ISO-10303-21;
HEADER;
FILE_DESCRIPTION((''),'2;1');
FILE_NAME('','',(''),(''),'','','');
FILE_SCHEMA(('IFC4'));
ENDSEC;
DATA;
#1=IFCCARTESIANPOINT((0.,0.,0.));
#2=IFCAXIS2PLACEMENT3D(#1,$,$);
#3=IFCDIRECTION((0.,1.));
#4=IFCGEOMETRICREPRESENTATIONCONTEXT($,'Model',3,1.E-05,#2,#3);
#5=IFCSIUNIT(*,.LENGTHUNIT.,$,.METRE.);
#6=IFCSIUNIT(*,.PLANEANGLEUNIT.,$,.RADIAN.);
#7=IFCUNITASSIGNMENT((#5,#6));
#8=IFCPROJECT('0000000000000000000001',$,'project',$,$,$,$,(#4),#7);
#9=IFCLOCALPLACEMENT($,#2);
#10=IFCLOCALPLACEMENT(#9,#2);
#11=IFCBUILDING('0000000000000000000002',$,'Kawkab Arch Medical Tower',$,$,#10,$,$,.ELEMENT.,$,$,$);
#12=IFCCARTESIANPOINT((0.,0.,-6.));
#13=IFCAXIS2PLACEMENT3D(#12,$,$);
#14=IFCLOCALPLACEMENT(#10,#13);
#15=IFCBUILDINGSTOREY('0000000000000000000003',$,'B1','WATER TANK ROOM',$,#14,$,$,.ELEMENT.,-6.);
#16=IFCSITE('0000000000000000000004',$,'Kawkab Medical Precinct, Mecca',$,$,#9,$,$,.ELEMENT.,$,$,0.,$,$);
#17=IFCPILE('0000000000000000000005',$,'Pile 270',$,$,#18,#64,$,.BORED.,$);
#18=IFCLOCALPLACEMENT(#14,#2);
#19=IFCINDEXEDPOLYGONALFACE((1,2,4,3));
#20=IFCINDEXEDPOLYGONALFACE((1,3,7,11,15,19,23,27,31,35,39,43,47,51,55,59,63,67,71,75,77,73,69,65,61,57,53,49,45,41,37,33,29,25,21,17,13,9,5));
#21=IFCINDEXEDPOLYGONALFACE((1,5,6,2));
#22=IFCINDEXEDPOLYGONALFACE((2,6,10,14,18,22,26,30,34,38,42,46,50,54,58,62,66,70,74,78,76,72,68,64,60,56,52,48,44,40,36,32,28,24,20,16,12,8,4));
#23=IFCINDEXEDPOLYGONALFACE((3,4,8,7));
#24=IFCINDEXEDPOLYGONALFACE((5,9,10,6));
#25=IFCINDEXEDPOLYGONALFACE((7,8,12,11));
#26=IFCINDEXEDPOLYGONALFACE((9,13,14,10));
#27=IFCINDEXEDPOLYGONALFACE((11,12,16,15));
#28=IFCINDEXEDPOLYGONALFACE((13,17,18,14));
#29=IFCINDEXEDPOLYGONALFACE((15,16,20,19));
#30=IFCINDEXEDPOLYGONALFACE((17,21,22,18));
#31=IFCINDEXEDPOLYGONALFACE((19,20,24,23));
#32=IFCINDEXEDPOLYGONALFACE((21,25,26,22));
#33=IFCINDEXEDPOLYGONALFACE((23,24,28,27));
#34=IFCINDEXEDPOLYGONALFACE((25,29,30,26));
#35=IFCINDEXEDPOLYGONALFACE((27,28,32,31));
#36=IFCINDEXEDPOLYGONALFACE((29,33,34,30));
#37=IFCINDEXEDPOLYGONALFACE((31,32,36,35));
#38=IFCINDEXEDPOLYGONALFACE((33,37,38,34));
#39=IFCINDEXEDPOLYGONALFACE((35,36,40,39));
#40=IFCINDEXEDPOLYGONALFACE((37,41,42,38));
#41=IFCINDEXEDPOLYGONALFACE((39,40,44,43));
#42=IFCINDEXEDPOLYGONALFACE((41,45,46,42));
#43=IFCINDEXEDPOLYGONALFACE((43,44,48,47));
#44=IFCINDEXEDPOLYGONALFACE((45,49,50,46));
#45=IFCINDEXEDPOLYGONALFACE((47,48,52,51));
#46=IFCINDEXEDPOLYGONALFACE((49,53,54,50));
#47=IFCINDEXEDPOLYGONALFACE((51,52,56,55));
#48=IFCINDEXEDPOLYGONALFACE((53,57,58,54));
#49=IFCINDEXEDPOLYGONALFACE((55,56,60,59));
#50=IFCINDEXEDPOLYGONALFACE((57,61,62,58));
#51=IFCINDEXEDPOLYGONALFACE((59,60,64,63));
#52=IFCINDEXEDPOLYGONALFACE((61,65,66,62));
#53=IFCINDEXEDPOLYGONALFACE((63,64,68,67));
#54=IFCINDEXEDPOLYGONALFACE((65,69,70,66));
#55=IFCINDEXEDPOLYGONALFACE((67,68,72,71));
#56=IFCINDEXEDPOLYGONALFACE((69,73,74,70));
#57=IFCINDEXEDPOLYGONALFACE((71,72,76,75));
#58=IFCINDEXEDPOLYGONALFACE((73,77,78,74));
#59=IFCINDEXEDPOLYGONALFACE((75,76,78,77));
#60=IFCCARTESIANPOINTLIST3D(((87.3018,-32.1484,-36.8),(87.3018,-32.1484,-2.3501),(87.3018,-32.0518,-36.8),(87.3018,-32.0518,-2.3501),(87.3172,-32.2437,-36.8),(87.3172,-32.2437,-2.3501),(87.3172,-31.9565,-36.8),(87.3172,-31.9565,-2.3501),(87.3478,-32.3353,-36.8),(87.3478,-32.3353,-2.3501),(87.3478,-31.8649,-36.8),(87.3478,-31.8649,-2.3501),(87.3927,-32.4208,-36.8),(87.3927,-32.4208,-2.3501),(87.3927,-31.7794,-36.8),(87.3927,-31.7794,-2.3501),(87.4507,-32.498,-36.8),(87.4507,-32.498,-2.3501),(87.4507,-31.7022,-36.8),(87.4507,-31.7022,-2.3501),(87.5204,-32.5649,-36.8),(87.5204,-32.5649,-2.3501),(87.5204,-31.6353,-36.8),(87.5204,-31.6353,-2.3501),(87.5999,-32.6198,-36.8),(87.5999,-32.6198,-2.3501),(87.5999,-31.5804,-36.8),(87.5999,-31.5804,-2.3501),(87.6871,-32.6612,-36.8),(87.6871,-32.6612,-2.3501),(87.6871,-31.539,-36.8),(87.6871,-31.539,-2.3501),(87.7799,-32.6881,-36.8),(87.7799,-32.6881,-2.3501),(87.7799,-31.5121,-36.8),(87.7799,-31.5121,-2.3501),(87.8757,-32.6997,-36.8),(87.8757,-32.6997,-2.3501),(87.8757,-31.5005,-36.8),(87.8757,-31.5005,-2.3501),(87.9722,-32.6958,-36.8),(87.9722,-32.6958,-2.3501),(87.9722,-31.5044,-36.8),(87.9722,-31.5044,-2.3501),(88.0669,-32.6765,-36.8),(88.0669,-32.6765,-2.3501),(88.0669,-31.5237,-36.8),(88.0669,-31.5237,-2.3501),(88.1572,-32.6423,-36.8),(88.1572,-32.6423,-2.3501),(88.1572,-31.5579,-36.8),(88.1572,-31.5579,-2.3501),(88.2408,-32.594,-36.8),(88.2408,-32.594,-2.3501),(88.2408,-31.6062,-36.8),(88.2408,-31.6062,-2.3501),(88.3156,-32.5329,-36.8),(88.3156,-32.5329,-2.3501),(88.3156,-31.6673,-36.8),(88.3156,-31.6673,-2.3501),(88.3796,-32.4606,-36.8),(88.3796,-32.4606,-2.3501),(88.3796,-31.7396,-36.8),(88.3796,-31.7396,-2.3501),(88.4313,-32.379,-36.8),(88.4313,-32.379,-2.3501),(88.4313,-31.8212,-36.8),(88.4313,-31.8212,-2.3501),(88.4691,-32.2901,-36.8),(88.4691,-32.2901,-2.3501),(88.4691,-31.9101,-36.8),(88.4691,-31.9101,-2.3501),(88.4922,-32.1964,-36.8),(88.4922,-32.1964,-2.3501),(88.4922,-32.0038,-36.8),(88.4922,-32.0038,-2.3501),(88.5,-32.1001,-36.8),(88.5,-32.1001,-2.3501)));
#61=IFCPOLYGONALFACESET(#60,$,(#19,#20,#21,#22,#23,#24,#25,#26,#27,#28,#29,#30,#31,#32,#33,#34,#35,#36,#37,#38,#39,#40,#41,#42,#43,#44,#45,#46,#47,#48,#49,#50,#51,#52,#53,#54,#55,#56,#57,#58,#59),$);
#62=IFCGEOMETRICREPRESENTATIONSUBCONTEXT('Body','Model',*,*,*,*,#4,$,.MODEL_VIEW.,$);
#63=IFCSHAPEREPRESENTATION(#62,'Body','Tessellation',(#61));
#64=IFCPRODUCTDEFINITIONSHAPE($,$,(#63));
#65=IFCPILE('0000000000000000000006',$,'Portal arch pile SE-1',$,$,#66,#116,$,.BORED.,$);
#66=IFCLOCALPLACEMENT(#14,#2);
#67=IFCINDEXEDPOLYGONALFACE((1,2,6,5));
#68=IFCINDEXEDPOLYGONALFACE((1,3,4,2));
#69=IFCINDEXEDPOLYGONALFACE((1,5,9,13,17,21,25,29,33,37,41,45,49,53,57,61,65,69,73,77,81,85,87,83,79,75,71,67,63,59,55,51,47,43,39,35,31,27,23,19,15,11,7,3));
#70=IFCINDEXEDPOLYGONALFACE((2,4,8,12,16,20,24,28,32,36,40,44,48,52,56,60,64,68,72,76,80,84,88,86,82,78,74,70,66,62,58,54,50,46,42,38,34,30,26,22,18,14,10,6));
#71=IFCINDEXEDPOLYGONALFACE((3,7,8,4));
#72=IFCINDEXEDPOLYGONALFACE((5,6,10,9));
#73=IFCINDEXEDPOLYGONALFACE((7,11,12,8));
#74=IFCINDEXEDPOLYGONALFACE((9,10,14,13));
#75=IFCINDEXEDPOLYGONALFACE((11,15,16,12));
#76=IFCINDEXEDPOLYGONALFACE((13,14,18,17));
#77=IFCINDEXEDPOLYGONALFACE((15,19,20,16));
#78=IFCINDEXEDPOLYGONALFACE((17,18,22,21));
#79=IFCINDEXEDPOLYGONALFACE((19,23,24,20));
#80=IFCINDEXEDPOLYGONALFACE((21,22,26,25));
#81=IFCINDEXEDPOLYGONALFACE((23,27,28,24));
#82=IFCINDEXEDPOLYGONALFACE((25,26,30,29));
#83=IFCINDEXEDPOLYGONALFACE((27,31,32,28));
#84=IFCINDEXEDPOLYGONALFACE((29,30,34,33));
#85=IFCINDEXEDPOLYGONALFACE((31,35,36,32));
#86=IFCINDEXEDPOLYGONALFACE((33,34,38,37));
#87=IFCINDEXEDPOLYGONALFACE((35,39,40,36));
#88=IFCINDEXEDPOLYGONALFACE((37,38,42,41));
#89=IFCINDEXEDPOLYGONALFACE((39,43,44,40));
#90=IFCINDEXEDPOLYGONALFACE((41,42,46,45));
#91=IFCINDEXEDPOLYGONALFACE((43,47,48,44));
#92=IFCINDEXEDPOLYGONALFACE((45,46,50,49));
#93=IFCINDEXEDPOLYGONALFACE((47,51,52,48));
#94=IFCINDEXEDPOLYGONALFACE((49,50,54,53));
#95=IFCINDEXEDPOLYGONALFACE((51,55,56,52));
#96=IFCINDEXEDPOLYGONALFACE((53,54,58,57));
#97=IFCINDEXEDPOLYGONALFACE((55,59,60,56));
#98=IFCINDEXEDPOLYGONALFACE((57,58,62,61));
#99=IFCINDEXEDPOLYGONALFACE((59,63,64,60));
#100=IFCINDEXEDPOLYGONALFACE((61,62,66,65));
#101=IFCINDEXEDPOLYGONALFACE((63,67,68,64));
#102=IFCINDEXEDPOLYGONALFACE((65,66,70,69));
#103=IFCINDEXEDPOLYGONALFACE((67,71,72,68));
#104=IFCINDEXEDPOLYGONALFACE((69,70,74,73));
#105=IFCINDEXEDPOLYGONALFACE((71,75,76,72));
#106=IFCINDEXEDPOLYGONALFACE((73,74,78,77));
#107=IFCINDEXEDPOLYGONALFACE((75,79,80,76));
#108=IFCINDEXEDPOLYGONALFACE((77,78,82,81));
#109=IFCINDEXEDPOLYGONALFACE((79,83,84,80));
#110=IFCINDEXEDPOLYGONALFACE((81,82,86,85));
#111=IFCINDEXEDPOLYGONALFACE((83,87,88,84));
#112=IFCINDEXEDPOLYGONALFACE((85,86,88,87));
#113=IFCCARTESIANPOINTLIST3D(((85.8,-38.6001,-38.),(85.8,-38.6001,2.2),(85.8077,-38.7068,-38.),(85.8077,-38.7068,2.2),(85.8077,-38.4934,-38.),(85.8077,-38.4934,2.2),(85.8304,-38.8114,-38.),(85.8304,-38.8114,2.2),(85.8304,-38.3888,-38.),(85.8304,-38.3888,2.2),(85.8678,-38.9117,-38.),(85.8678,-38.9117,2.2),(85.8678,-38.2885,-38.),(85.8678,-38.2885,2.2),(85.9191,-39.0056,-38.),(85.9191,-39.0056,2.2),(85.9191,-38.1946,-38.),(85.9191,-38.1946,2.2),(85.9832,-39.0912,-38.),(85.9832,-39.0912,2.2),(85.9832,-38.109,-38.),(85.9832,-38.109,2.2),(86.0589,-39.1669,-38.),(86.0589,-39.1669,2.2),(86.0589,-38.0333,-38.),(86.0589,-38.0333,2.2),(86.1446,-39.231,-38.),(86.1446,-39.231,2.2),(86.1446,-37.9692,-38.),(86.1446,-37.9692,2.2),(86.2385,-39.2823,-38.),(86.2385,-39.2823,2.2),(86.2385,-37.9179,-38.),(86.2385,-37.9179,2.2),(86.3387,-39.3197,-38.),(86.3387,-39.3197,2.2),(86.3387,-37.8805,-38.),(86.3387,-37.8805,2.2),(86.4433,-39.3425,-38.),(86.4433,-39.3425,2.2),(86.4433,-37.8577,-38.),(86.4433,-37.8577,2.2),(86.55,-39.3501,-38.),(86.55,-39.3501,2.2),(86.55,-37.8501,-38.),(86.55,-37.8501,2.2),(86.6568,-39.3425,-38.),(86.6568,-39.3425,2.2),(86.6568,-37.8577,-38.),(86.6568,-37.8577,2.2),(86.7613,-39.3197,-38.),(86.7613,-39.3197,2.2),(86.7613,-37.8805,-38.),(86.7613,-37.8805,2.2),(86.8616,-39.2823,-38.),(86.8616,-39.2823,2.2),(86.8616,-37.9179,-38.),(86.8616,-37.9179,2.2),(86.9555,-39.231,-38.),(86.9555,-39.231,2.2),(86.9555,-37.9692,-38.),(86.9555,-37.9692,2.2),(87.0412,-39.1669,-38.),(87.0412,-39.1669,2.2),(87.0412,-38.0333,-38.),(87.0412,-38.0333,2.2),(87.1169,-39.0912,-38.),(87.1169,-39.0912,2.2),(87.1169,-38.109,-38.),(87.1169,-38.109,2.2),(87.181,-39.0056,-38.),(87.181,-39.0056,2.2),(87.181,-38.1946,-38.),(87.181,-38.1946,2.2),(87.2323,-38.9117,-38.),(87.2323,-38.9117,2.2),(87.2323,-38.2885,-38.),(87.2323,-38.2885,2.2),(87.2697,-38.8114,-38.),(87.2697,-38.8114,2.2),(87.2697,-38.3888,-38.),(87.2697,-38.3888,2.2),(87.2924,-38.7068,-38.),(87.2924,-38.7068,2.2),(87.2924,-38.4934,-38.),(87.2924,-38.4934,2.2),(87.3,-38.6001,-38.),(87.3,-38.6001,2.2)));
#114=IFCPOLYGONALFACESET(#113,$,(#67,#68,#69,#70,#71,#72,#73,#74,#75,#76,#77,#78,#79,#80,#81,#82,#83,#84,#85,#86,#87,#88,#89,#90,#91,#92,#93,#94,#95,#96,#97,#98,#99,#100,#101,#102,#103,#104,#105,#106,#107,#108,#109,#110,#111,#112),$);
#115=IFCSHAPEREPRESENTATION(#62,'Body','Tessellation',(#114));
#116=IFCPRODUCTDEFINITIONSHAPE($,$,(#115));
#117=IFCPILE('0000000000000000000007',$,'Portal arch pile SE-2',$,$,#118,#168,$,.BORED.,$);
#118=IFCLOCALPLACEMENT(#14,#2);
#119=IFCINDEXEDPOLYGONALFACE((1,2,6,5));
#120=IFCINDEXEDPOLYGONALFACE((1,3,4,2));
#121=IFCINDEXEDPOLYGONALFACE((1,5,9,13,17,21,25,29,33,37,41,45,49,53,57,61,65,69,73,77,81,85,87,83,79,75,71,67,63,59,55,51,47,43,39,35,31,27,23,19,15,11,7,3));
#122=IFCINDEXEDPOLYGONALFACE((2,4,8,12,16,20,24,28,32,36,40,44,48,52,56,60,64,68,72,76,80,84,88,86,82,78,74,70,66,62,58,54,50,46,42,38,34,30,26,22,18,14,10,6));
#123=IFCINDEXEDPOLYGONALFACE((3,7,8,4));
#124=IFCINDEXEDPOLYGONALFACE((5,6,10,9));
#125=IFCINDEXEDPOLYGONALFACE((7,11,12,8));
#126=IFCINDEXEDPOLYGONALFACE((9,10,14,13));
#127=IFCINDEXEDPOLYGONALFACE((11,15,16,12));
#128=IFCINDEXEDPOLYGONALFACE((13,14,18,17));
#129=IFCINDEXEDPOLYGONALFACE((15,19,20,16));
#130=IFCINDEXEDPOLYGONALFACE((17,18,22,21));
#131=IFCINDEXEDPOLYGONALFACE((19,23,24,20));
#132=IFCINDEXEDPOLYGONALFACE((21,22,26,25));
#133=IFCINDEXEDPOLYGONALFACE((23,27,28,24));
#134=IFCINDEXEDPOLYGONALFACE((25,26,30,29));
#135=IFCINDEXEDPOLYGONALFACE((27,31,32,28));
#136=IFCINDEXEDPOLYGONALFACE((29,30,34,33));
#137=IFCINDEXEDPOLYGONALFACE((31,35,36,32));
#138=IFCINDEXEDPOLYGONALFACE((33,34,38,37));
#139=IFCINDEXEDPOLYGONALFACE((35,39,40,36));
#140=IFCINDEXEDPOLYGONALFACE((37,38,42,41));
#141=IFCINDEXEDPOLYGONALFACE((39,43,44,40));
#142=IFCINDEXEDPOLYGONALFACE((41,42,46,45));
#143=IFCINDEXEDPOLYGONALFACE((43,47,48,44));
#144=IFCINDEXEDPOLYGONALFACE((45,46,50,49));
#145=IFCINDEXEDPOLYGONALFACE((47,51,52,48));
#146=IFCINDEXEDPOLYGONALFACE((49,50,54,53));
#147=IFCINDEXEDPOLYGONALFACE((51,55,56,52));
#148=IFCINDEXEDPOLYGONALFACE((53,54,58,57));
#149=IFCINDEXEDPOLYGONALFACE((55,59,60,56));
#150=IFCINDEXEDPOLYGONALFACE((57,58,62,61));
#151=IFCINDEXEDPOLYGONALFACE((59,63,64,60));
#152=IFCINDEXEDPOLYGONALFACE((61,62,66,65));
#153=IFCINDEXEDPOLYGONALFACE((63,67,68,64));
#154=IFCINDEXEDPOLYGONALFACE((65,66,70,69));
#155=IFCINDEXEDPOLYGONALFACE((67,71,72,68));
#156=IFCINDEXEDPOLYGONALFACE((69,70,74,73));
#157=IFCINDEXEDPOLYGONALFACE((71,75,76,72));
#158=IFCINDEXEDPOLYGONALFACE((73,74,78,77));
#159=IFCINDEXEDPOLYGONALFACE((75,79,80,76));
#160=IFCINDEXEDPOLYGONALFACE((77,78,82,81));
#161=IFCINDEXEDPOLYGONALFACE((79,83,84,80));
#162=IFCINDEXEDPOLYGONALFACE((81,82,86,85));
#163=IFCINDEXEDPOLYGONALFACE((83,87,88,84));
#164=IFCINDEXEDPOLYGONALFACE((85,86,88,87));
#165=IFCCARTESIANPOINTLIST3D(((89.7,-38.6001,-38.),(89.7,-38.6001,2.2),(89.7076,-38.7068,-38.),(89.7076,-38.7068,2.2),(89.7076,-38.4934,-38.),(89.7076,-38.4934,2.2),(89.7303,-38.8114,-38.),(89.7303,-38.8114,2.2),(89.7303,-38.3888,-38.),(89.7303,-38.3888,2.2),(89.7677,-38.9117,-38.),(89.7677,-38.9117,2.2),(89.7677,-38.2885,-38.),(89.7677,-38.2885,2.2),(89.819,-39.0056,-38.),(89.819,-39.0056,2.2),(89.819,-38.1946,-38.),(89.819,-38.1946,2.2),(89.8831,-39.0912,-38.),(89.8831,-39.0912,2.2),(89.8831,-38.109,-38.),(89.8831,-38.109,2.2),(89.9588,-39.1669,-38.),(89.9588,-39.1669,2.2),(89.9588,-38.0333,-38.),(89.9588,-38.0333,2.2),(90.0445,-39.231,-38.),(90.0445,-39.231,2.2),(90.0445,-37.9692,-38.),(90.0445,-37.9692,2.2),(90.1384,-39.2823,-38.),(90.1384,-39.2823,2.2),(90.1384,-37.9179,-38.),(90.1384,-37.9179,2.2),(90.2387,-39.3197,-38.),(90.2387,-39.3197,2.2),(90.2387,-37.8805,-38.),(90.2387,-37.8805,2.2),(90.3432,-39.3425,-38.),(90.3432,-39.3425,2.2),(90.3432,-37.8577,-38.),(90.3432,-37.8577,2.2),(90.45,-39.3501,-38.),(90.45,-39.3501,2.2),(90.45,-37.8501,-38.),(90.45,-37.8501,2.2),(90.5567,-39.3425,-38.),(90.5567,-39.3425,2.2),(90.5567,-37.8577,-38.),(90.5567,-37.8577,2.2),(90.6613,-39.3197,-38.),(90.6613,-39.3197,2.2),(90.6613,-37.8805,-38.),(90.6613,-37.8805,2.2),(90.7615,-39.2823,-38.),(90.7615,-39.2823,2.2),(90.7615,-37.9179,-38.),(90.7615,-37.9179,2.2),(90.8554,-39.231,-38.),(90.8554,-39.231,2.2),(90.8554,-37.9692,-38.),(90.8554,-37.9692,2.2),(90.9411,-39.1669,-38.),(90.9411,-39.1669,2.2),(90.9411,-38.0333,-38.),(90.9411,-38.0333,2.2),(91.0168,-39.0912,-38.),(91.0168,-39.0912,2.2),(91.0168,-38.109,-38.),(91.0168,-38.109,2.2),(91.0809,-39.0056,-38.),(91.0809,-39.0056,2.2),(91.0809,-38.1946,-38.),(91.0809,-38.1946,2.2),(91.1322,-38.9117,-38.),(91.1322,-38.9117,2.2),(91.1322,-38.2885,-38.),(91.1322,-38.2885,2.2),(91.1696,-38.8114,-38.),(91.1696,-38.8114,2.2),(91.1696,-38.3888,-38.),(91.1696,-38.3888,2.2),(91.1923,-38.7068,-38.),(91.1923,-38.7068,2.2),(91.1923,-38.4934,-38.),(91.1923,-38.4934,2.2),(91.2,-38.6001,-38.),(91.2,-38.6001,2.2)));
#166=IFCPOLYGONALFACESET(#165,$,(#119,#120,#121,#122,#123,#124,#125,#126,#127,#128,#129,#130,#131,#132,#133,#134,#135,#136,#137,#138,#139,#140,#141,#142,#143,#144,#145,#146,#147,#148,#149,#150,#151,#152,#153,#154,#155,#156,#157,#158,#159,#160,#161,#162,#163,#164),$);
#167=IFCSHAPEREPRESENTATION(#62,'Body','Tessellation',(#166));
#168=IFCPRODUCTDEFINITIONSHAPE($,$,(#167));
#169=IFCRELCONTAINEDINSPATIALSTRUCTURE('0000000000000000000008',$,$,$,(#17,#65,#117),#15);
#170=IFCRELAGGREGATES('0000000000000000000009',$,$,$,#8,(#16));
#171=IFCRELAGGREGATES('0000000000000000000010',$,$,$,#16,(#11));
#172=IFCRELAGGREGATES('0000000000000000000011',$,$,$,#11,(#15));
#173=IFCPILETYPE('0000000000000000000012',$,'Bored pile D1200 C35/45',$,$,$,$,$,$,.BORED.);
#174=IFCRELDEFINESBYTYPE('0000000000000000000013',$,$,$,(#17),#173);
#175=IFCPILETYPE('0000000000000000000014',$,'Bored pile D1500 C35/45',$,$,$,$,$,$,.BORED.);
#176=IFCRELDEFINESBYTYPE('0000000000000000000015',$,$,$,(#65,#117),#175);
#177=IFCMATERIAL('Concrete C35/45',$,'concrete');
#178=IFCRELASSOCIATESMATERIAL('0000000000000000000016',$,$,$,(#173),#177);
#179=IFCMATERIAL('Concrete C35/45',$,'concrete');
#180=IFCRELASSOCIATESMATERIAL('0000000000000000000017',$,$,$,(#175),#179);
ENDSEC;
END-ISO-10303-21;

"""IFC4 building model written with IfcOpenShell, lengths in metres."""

from ifc_helpers import new_model, si_unit, direction, frame, origin, origin_2d, place, context, subcontext, project, spatial, circle, extrude, material, material_profile, profile_set, type_object, element, save


model = new_model("IFC4")

# Units and contexts
model_context = context("Model", 3, precision=1e-05, world=origin(), true_north=direction((0.0, 1.0)))
body_context = subcontext(model_context, "Body", "Model", "MODEL_VIEW")
ifc_project = project(units=[si_unit("LENGTHUNIT", "METRE"), si_unit("PLANEANGLEUNIT", "RADIAN")], contexts=[model_context])

# Site, building, storey
site_placement = place(None, origin())
site = spatial("IfcSite", under=ifc_project, at=site_placement, Name="Kawkab Medical Precinct, Mecca", CompositionType="ELEMENT", RefElevation=0.0)
building_placement = place(site_placement, origin())
building = spatial("IfcBuilding", under=site, at=building_placement, Name="Kawkab Arch Medical Tower", CompositionType="ELEMENT")
storey_placement = place(building_placement, frame((0.0, 0.0, -6.0)))
storey = spatial("IfcBuildingStorey", under=building, at=storey_placement, Name="B1", Description="WATER TANK ROOM", CompositionType="ELEMENT", Elevation=-6.0)

# Piles
ifc_material_1 = material(Name="Concrete C35/45", Category="concrete")
ifc_material_profile_1 = material_profile(ifc_material_1, circle(Radius=0.6001, at=origin_2d()), Name="Bored pile D1200")
ifc_profile_set_1 = profile_set([ifc_material_profile_1], Name="Concrete C35/45")
pile_type_1 = type_object("IfcPileType", Name="Bored pile D1200 C35/45", PredefinedType="BORED", material=ifc_profile_set_1)
for number, where, z_axis, x_axis, name in (
    (1, (87.8999, -32.1001, -2.3501), (0.0, 0.0, -1.0), (1.0, 0.0, 0.0), "Pile 270"),
):
    element("IfcPile", number, at=place(storey_placement, frame(where, z_axis=z_axis, x_axis=x_axis)), inside=storey, type_object=pile_type_1, Name=name, PredefinedType="BORED", context=body_context, shape_type="SweptSolid", body=[
        extrude(circle(Radius=0.6001, at=origin_2d()), origin(), (0.0, 0.0, 1.0), 34.45),
    ])
ifc_material_2 = material(Name="Concrete C35/45", Category="concrete")
ifc_material_profile_2 = material_profile(ifc_material_2, circle(Radius=0.75, at=origin_2d()), Name="Bored pile D1500")
ifc_profile_set_2 = profile_set([ifc_material_profile_2], Name="Concrete C35/45")
pile_type_2 = type_object("IfcPileType", Name="Bored pile D1500 C35/45", PredefinedType="BORED", material=ifc_profile_set_2)
for number, where, z_axis, x_axis, name in (
    (2, (86.55, -38.6001, 2.2), (0.0, 0.0, -1.0), (1.0, 0.0, 0.0), "Portal arch pile SE-1"),
    (3, (90.45, -38.6001, 2.2), (0.0, 0.0, -1.0), (1.0, 0.0, 0.0), "Portal arch pile SE-2"),
):
    element("IfcPile", number, at=place(storey_placement, frame(where, z_axis=z_axis, x_axis=x_axis)), inside=storey, type_object=pile_type_2, Name=name, PredefinedType="BORED", context=body_context, shape_type="SweptSolid", body=[
        extrude(circle(Radius=0.75, at=origin_2d()), origin(), (0.0, 0.0, 1.0), 40.2),
    ])

save(model, "model.ifc")
